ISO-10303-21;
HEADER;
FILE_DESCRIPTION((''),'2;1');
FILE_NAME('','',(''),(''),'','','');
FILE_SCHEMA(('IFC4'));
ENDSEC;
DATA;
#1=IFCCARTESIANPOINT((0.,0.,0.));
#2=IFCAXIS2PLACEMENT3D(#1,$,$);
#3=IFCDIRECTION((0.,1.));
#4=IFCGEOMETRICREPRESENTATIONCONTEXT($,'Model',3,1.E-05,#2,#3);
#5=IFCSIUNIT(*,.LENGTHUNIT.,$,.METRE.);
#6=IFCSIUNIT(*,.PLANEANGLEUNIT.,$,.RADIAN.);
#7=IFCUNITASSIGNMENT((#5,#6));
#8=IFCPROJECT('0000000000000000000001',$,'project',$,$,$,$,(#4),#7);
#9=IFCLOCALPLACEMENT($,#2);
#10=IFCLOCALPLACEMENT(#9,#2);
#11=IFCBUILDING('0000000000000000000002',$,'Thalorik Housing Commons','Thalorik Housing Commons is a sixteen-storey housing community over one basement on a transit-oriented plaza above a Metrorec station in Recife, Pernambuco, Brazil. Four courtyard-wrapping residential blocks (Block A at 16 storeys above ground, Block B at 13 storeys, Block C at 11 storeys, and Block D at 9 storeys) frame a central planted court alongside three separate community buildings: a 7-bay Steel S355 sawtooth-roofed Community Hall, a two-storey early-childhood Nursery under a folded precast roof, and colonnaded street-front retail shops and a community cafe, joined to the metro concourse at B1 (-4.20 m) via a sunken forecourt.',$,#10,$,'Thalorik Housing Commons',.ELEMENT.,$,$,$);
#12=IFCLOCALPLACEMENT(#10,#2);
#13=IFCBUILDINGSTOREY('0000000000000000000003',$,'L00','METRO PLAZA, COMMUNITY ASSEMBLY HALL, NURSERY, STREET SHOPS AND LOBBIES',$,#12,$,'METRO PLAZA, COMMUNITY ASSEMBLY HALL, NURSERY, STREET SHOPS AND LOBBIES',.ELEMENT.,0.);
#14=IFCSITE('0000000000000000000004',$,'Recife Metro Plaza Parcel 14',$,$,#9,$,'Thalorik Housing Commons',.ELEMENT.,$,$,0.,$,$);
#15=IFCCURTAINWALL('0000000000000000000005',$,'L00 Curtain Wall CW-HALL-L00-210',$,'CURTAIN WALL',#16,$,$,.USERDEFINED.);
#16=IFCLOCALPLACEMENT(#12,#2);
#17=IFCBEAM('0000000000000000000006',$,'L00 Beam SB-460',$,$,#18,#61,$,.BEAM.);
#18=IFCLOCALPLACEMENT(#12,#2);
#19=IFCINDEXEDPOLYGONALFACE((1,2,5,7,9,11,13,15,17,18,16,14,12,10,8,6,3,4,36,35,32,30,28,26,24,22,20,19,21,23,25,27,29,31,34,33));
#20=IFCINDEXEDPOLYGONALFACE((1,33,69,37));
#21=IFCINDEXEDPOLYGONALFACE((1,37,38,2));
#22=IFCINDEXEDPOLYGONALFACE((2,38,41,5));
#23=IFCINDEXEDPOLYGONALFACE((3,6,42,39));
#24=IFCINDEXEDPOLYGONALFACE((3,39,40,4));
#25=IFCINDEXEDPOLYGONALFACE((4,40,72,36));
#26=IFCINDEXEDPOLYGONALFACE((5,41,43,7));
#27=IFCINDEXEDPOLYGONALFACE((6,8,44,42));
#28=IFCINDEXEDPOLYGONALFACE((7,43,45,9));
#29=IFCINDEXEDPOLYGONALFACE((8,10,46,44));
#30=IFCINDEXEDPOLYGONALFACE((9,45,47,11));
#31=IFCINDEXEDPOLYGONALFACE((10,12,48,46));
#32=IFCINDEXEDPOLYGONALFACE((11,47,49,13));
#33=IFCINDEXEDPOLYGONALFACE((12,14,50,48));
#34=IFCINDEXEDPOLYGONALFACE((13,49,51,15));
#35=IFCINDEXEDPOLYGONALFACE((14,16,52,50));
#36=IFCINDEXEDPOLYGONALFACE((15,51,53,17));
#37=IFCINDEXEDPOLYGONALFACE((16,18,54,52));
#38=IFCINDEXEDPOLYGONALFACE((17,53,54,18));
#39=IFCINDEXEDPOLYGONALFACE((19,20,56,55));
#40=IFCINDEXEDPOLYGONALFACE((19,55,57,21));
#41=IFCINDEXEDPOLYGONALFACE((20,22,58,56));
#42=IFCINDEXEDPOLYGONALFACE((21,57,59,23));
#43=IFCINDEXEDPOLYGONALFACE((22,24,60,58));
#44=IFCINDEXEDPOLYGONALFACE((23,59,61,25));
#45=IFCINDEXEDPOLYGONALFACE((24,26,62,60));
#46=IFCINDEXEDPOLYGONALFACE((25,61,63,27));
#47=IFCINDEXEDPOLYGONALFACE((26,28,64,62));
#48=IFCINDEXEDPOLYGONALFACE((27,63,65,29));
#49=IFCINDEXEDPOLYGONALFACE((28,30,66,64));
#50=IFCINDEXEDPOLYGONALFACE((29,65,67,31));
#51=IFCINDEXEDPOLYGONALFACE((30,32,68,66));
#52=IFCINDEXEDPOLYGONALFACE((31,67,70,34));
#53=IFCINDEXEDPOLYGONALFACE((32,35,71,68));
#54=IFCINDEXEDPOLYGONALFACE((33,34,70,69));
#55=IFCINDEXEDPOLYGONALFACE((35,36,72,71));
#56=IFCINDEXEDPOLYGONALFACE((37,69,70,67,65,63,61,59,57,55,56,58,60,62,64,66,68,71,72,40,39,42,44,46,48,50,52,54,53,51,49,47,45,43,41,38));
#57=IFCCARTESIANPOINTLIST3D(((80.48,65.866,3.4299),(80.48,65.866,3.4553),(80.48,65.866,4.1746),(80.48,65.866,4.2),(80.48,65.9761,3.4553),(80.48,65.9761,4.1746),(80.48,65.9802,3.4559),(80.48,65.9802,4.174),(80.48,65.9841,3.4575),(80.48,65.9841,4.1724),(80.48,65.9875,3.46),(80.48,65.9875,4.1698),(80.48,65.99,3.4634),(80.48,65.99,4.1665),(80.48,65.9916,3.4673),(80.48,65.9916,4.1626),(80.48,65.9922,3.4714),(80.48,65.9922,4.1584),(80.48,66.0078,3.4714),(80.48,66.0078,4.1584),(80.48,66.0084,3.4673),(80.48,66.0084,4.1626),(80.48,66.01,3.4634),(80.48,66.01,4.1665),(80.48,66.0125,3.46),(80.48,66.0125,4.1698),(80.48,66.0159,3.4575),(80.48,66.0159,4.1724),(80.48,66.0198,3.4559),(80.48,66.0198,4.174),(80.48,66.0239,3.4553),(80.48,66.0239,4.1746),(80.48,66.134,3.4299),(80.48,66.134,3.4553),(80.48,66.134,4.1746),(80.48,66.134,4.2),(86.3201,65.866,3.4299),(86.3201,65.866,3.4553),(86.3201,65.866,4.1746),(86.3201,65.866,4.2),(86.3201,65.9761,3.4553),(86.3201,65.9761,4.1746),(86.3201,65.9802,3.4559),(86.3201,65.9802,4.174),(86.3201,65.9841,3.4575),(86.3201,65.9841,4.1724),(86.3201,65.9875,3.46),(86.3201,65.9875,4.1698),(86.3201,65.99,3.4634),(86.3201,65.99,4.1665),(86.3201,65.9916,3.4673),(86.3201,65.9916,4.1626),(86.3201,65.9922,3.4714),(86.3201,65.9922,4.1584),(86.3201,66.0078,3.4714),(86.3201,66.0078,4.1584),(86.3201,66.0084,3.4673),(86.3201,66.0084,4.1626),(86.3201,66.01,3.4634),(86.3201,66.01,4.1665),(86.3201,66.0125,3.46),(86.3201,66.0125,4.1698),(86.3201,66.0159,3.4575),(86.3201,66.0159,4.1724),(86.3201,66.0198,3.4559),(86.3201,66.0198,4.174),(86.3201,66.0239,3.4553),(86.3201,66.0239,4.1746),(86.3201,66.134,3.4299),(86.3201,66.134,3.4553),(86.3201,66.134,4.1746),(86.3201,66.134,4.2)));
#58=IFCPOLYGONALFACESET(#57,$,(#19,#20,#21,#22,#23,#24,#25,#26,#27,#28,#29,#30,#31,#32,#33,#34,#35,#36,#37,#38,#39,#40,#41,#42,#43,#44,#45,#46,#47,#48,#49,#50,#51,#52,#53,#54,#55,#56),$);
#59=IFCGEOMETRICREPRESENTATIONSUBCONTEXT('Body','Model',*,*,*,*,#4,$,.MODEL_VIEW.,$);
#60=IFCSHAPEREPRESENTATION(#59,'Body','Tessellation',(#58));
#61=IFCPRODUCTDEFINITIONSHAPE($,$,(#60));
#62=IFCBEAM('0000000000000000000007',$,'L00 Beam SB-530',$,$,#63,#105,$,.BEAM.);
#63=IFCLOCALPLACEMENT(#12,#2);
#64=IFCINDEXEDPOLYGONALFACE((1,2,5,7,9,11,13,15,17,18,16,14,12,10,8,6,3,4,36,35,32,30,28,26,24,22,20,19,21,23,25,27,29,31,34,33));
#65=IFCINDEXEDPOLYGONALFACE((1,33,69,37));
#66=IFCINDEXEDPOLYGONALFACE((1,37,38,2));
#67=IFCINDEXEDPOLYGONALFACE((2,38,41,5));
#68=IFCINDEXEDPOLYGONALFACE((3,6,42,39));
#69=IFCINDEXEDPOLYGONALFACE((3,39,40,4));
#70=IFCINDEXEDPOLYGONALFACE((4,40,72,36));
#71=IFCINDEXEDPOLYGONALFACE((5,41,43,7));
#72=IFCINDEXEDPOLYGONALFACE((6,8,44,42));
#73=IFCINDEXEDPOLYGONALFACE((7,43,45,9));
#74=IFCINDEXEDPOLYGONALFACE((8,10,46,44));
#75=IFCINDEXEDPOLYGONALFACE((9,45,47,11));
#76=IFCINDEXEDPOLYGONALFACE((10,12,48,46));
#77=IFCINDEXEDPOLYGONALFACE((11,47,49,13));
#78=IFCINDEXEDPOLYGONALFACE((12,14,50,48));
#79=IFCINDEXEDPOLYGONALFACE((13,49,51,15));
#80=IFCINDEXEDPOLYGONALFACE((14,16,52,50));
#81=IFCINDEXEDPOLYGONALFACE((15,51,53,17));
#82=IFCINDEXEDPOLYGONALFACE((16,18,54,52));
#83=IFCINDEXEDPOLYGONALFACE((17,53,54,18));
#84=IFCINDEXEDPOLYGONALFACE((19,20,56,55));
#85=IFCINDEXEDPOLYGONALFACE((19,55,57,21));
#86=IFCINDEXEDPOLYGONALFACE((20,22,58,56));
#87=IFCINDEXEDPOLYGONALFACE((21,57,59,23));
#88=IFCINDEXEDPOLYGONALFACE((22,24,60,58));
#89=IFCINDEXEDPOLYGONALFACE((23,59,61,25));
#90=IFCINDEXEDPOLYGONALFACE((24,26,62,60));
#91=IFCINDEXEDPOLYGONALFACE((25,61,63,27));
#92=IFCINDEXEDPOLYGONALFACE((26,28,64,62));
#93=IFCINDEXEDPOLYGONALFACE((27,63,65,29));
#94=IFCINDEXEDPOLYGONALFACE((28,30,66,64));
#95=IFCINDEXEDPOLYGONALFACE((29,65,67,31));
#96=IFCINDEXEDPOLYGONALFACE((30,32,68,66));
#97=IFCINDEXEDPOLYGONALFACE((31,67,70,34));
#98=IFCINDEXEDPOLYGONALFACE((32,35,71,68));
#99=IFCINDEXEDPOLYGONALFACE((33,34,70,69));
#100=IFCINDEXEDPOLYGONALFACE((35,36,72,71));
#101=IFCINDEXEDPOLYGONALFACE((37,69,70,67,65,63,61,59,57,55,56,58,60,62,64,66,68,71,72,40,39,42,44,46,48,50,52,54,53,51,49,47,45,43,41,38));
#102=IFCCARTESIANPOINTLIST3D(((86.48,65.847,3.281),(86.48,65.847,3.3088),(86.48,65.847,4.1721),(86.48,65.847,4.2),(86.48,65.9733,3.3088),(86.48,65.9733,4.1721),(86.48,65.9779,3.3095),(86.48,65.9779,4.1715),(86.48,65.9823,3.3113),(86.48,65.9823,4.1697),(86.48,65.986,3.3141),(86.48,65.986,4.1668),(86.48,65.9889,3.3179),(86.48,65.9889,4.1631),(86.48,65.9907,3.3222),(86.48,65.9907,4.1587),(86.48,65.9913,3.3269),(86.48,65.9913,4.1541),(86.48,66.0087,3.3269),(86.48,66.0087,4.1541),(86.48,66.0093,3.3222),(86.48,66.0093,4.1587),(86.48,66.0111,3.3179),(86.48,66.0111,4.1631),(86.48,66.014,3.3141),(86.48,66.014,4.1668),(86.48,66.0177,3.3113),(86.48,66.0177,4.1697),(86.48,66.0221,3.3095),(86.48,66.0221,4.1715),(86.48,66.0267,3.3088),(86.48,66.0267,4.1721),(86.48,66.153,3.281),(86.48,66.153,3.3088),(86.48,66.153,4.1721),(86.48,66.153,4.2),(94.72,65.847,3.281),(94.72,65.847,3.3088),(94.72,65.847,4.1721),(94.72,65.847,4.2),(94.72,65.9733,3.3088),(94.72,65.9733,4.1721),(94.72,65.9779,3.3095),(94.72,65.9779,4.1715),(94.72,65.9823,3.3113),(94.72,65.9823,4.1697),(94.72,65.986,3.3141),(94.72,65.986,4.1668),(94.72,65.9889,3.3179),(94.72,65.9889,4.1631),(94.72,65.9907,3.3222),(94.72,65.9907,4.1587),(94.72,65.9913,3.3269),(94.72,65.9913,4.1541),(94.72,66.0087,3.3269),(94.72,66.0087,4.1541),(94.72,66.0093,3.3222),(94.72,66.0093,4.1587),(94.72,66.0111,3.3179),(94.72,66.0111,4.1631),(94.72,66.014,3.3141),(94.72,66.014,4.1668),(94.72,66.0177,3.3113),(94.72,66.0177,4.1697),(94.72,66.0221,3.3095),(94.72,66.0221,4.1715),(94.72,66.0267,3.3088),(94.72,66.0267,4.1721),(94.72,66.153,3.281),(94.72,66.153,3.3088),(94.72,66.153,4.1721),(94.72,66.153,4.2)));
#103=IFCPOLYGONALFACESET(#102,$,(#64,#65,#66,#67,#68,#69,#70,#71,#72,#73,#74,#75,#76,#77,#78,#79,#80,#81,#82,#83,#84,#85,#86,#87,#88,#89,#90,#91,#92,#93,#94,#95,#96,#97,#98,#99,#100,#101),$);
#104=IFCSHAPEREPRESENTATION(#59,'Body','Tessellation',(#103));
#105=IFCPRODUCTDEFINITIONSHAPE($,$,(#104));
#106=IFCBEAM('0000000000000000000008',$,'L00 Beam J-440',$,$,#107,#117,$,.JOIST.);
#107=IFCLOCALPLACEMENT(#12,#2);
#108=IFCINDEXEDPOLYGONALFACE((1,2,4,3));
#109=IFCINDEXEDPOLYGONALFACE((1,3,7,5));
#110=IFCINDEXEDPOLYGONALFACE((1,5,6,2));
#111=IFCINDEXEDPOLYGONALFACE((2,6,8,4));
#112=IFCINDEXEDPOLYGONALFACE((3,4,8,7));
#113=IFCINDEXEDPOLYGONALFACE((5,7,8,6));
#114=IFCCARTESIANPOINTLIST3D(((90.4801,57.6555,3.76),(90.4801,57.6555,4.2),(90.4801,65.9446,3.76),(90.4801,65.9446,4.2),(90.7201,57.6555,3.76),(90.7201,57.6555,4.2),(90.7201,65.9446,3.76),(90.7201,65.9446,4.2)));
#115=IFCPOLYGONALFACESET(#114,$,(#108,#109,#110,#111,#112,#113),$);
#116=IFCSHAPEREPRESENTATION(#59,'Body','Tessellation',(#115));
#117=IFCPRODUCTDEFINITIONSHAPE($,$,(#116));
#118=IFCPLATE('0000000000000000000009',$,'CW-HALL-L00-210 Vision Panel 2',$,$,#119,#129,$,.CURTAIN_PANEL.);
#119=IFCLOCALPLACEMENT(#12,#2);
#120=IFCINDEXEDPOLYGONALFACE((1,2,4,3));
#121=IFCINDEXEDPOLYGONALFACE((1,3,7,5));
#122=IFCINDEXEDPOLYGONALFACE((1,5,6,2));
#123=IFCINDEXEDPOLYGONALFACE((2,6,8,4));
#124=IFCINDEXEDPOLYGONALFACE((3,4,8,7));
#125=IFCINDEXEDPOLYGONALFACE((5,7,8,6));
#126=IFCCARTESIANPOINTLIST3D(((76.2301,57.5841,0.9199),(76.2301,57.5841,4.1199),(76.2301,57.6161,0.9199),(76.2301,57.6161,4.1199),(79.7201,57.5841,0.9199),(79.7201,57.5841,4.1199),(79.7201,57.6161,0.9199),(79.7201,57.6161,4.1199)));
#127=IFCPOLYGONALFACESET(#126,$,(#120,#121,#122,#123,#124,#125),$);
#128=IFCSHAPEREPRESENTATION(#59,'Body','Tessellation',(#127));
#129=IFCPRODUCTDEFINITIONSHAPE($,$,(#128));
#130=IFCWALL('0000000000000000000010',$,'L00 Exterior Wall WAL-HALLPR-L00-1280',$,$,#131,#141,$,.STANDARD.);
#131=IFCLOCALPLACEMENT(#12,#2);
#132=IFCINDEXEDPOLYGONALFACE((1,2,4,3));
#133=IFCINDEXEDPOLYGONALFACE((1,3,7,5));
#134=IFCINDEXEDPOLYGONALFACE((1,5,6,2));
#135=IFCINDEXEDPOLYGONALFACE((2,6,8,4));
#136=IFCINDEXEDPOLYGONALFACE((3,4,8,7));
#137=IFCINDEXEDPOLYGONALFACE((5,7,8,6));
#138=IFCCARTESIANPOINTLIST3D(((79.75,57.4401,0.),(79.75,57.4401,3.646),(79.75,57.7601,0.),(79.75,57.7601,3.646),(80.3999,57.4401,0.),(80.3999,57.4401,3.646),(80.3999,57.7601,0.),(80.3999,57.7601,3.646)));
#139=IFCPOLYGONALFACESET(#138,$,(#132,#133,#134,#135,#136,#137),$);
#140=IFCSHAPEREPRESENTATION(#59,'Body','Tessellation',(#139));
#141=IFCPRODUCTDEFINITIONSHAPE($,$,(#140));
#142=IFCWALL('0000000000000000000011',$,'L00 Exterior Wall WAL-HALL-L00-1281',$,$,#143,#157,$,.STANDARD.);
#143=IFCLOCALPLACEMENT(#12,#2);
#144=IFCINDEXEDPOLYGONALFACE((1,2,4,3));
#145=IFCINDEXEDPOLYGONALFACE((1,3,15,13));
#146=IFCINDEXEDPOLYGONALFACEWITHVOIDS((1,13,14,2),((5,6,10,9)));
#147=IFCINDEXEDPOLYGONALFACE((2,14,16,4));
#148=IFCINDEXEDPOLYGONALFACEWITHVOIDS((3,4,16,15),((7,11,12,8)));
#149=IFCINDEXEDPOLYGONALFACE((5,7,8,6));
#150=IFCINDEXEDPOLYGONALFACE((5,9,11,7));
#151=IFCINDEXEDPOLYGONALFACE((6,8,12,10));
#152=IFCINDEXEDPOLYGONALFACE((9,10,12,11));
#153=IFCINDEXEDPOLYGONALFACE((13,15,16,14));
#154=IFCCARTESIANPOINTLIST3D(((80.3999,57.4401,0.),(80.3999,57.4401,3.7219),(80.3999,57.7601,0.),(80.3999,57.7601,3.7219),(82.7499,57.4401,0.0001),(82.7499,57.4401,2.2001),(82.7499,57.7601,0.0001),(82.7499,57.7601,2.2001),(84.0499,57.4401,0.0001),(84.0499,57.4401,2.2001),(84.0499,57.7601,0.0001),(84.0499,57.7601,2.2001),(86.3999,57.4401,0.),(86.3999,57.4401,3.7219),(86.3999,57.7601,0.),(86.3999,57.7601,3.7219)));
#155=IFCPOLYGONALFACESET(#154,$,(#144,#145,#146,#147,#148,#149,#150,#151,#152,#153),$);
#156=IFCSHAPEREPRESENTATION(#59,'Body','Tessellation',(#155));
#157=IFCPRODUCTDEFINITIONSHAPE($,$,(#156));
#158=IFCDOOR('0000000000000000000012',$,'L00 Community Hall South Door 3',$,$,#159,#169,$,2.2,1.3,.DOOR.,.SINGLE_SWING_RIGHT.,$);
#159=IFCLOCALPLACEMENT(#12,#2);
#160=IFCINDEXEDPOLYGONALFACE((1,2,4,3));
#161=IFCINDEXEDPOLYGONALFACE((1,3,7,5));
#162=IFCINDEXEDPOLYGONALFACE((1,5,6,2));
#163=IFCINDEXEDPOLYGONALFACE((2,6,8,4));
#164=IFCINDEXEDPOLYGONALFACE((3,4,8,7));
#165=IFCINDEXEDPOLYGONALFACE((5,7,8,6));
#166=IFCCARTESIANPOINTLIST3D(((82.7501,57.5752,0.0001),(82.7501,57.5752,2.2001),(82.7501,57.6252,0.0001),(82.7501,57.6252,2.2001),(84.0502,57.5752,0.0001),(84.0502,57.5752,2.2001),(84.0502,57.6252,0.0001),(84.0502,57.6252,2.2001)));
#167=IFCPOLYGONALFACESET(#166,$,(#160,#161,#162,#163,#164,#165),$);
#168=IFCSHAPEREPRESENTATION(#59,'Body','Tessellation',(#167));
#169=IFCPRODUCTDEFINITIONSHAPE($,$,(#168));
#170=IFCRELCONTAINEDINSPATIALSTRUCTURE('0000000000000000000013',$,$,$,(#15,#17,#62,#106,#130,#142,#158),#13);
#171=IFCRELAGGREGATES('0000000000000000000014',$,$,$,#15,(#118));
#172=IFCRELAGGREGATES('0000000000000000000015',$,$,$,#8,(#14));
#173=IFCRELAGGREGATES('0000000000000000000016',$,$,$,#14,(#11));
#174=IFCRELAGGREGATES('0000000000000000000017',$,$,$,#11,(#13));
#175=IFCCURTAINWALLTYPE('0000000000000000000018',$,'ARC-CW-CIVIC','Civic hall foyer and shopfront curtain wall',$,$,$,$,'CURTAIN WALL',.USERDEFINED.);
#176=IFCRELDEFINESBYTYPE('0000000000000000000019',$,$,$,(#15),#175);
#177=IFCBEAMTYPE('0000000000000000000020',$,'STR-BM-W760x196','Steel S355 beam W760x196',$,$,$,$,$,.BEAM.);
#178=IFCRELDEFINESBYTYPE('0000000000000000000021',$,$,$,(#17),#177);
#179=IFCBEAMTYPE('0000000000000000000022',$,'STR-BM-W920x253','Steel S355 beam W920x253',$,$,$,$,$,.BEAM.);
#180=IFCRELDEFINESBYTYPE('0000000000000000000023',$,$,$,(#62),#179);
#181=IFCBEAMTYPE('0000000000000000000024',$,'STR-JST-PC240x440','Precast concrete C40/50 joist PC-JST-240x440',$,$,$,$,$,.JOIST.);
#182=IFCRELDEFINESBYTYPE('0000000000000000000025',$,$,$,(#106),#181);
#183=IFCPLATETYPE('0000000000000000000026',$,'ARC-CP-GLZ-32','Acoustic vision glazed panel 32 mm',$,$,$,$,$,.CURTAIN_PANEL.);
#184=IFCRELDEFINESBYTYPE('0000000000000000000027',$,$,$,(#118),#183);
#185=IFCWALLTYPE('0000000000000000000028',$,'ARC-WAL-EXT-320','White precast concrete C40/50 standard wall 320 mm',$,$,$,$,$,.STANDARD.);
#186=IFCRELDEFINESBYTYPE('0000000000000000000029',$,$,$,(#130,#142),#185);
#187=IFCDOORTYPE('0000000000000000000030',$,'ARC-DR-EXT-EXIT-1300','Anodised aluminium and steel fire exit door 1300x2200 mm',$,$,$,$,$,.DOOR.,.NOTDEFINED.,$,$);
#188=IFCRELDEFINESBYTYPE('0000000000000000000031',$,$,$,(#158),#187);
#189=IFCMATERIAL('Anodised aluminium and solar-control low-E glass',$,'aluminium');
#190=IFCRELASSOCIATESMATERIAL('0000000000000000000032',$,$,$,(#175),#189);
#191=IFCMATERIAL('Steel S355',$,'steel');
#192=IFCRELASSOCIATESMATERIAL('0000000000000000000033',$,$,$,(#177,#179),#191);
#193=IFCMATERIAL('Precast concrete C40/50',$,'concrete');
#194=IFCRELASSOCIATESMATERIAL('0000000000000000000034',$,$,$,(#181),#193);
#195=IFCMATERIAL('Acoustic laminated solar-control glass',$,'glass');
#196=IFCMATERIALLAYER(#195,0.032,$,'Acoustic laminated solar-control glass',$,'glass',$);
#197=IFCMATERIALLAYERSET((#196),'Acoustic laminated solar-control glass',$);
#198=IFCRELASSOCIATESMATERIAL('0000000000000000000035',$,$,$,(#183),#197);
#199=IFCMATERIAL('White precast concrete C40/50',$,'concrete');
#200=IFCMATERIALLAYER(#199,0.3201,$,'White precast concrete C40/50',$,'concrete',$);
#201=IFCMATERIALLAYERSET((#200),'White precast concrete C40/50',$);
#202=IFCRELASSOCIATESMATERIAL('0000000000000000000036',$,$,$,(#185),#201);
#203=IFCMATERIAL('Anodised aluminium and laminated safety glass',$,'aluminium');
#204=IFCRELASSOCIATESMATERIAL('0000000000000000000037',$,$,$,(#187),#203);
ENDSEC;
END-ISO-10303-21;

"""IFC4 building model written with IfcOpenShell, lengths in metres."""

from ifc_helpers import new_model, si_unit, direction, frame, frame_2d, origin, origin_2d, place, context, subcontext, project, spatial, rectangle, i_section, extrude, material, layer, layer_set, material_profile, profile_set, type_object, element, fill, aggregate, save


model = new_model("IFC4")

# Units and contexts
model_context = context("Model", 3, precision=1e-05, world=origin(), true_north=direction((0.0, 1.0)))
body_context = subcontext(model_context, "Body", "Model", "MODEL_VIEW")
ifc_project = project(units=[si_unit("LENGTHUNIT", "METRE"), si_unit("PLANEANGLEUNIT", "RADIAN")], contexts=[model_context])

# Site, building, storey
site_placement = place(None, origin())
site = spatial("IfcSite", under=ifc_project, at=site_placement, Name="Recife Metro Plaza Parcel 14", LongName="Thalorik Housing Commons", CompositionType="ELEMENT", RefElevation=0.0)
building_placement = place(site_placement, origin())
building = spatial("IfcBuilding", under=site, at=building_placement, Name="Thalorik Housing Commons", Description="Thalorik Housing Commons is a sixteen-storey housing community over one basement on a transit-oriented plaza above a Metrorec station in Recife, Pernambuco, Brazil. Four courtyard-wrapping residential blocks (Block A at 16 storeys above ground, Block B at 13 storeys, Block C at 11 storeys, and Block D at 9 storeys) frame a central planted court alongside three separate community buildings: a 7-bay Steel S355 sawtooth-roofed Community Hall, a two-storey early-childhood Nursery under a folded precast roof, and colonnaded street-front retail shops and a community cafe, joined to the metro concourse at B1 (-4.20 m) via a sunken forecourt.", LongName="Thalorik Housing Commons", CompositionType="ELEMENT")
storey_placement = place(building_placement, origin())
storey = spatial("IfcBuildingStorey", under=building, at=storey_placement, Name="L00", Description="METRO PLAZA, COMMUNITY ASSEMBLY HALL, NURSERY, STREET SHOPS AND LOBBIES", LongName="METRO PLAZA, COMMUNITY ASSEMBLY HALL, NURSERY, STREET SHOPS AND LOBBIES", CompositionType="ELEMENT", Elevation=0.0)

# Shared definitions
ifc_material_1 = material(Name="Steel S355", Category="steel")

# Curtain wall
ifc_material_2 = material(Name="Anodised aluminium and solar-control low-E glass", Category="aluminium")
curtain_wall_type = type_object("IfcCurtainWallType", Name="ARC-CW-CIVIC", Description="Civic hall foyer and shopfront curtain wall", ElementType="CURTAIN WALL", PredefinedType="USERDEFINED", material=ifc_material_2)
curtain_wall_placement = place(storey_placement, origin())
curtain_wall = element("IfcCurtainWall", 1, at=curtain_wall_placement, inside=storey, type_object=curtain_wall_type, Name="L00 Curtain Wall CW-HALL-L00-210", ObjectType="CURTAIN WALL", PredefinedType="USERDEFINED")

# Beams
ifc_material_profile_1 = material_profile(ifc_material_1, i_section(OverallWidth=0.2681, OverallDepth=0.77, WebThickness=0.0156, FlangeThickness=0.0254, FilletRadius=0.0161, at=origin_2d()), Name="W760x196", Category="steel")
ifc_profile_set_1 = profile_set([ifc_material_profile_1], Name="Steel S355")
beam_type_1 = type_object("IfcBeamType", Name="STR-BM-W760x196", Description="Steel S355 beam W760x196", PredefinedType="BEAM", material=ifc_profile_set_1)
beam_1_placement = place(storey_placement, frame((80.48, 66.0, 3.8149), z_axis=(1.0, 0.0, 0.0), x_axis=(0.0, 1.0, 0.0)))
element("IfcBeam", 2, at=beam_1_placement, inside=storey, type_object=beam_type_1, Name="L00 Beam SB-460", PredefinedType="BEAM", context=body_context, shape_type="SweptSolid", body=[
    extrude(i_section(OverallWidth=0.2681, OverallDepth=0.77, WebThickness=0.0156, FlangeThickness=0.0254, FilletRadius=0.0161, at=origin_2d()), origin(), (0.0, 0.0, 1.0), 5.8401),
])
ifc_material_profile_2 = material_profile(ifc_material_1, i_section(OverallWidth=0.3059, OverallDepth=0.9189, WebThickness=0.0173, FlangeThickness=0.0278, FilletRadius=0.0181, at=origin_2d()), Name="W920x253", Category="steel")
ifc_profile_set_2 = profile_set([ifc_material_profile_2], Name="Steel S355")
beam_type_2 = type_object("IfcBeamType", Name="STR-BM-W920x253", Description="Steel S355 beam W920x253", PredefinedType="BEAM", material=ifc_profile_set_2)
beam_2_placement = place(storey_placement, frame((86.48, 66.0, 3.7405), z_axis=(1.0, 0.0, 0.0), x_axis=(0.0, 1.0, 0.0)))
element("IfcBeam", 3, at=beam_2_placement, inside=storey, type_object=beam_type_2, Name="L00 Beam SB-530", PredefinedType="BEAM", context=body_context, shape_type="SweptSolid", body=[
    extrude(i_section(OverallWidth=0.3059, OverallDepth=0.9189, WebThickness=0.0173, FlangeThickness=0.0278, FilletRadius=0.0181, at=origin_2d()), origin(), (0.0, 0.0, 1.0), 8.24),
])
ifc_material_3 = material(Name="Precast concrete C40/50", Category="concrete")
ifc_material_profile_3 = material_profile(ifc_material_3, rectangle(XDim=0.24, YDim=0.4399, at=origin_2d()), Name="PC JST 240x440", Category="concrete")
ifc_profile_set_3 = profile_set([ifc_material_profile_3], Name="Precast concrete C40/50")
beam_type_3 = type_object("IfcBeamType", Name="STR-JST-PC240x440", Description="Precast concrete C40/50 joist PC-JST-240x440", PredefinedType="JOIST", material=ifc_profile_set_3)
beam_3_placement = place(storey_placement, frame((90.6001, 57.6555, 3.98), z_axis=(0.0, 1.0, 0.0), x_axis=(-1.0, 0.0, 0.0)))
element("IfcBeam", 4, at=beam_3_placement, inside=storey, type_object=beam_type_3, Name="L00 Beam J-440", PredefinedType="JOIST", context=body_context, shape_type="SweptSolid", body=[
    extrude(rectangle(XDim=0.24, YDim=0.4399, at=origin_2d()), origin(), (0.0, 0.0, 1.0), 8.2891),
])

# Plate
ifc_material_4 = material(Name="Acoustic laminated solar-control glass", Category="glass")
ifc_layer_1 = layer(ifc_material_4, 0.032, Name="Acoustic laminated solar-control glass", Category="glass")
ifc_layer_set_1 = layer_set([ifc_layer_1], Name="Acoustic laminated solar-control glass")
plate_type = type_object("IfcPlateType", Name="ARC-CP-GLZ-32", Description="Acoustic vision glazed panel 32 mm", PredefinedType="CURTAIN_PANEL", material=ifc_layer_set_1)
plate_placement = place(storey_placement, frame((77.9751, 57.6001, 0.9199), z_axis=(0.0, 0.0, 1.0), x_axis=(1.0, 0.0, 0.0)))
plate = element("IfcPlate", 5, at=plate_placement, type_object=plate_type, Name="CW-HALL-L00-210 Vision Panel 2", PredefinedType="CURTAIN_PANEL", context=body_context, shape_type="SweptSolid", body=[
    extrude(rectangle(XDim=3.49, YDim=0.032, at=origin_2d()), origin(), (0.0, 0.0, 1.0), 3.2),
])
aggregate(curtain_wall, [plate])

# Wall
ifc_material_5 = material(Name="White precast concrete C40/50", Category="concrete")
ifc_layer_2 = layer(ifc_material_5, 0.3201, Name="White precast concrete C40/50", Category="concrete")
ifc_layer_set_2 = layer_set([ifc_layer_2], Name="White precast concrete C40/50")
wall_type = type_object("IfcWallType", Name="ARC-WAL-EXT-320", Description="White precast concrete C40/50 standard wall 320 mm", PredefinedType="STANDARD", material=ifc_layer_set_2)
wall_1_placement = place(storey_placement, frame((79.75, 57.6001, 0.0), z_axis=(0.0, 0.0, 1.0), x_axis=(1.0, 0.0, 0.0)))
element("IfcWall", 6, at=wall_1_placement, inside=storey, type_object=wall_type, Name="L00 Exterior Wall WAL-HALLPR-L00-1280", PredefinedType="STANDARD", context=body_context, shape_type="SweptSolid", body=[
    extrude(rectangle(XDim=0.6499, YDim=0.3201, at=frame_2d((0.325, 0.0))), origin(), (0.0, 0.0, 1.0), 3.646),
])

# Wall, opening, door
wall_2_placement = place(storey_placement, frame((80.3999, 57.6001, 0.0), z_axis=(0.0, 0.0, 1.0), x_axis=(1.0, 0.0, 0.0)))
wall_2 = element("IfcWall", 7, at=wall_2_placement, inside=storey, type_object=wall_type, Name="L00 Exterior Wall WAL-HALL-L00-1281", PredefinedType="STANDARD", context=body_context, shape_type="SweptSolid", body=[
    extrude(rectangle(XDim=6.0, YDim=0.3201, at=frame_2d((3.0, 0.0))), origin(), (0.0, 0.0, 1.0), 3.7219),
])
opening_1_placement = place(wall_2_placement, frame((2.3501, 0.0, 0.0)))
opening_1 = element("IfcOpeningElement", 8, at=opening_1_placement, cuts=wall_2, PredefinedType="OPENING", context=body_context, shape_type="SweptSolid", body=[
    extrude(rectangle(XDim=1.3, YDim=2.2, at=frame_2d((0.6499, 1.1001))), frame((0.0, 0.1699, 0.0), z_axis=(0.0, -1.0, 0.0), x_axis=(1.0, 0.0, 0.0)), (0.0, 0.0, 1.0), 0.3401),
])
ifc_material_6 = material(Name="Anodised aluminium and laminated safety glass", Category="aluminium")
door_type_1 = type_object("IfcDoorType", Name="ARC-DR-EXT-EXIT-1300", Description="Anodised aluminium and steel fire exit door 1300x2200 mm", OperationType="NOTDEFINED", PredefinedType="DOOR", material=ifc_material_6)
door_1_placement = place(opening_1_placement, frame((1.3, 0.0, 0.0), z_axis=(0.0, 0.0, 1.0), x_axis=(-1.0, 0.0, 0.0)))
door_1 = element("IfcDoor", 9, at=door_1_placement, inside=storey, type_object=door_type_1, Name="L00 Community Hall South Door 3", OperationType="SINGLE_SWING_RIGHT", OverallHeight=2.2, OverallWidth=1.3, PredefinedType="DOOR", context=body_context, shape_type="SweptSolid", body=[
    extrude(rectangle(XDim=1.3, YDim=2.2, at=frame_2d((0.6499, 1.1001))), frame((0.0, 0.0249, 0.0), z_axis=(0.0, -1.0, 0.0), x_axis=(1.0, 0.0, 0.0)), (0.0, 0.0, 1.0), 0.05),
])
fill(opening_1, door_1)

save(model, "model.ifc")
